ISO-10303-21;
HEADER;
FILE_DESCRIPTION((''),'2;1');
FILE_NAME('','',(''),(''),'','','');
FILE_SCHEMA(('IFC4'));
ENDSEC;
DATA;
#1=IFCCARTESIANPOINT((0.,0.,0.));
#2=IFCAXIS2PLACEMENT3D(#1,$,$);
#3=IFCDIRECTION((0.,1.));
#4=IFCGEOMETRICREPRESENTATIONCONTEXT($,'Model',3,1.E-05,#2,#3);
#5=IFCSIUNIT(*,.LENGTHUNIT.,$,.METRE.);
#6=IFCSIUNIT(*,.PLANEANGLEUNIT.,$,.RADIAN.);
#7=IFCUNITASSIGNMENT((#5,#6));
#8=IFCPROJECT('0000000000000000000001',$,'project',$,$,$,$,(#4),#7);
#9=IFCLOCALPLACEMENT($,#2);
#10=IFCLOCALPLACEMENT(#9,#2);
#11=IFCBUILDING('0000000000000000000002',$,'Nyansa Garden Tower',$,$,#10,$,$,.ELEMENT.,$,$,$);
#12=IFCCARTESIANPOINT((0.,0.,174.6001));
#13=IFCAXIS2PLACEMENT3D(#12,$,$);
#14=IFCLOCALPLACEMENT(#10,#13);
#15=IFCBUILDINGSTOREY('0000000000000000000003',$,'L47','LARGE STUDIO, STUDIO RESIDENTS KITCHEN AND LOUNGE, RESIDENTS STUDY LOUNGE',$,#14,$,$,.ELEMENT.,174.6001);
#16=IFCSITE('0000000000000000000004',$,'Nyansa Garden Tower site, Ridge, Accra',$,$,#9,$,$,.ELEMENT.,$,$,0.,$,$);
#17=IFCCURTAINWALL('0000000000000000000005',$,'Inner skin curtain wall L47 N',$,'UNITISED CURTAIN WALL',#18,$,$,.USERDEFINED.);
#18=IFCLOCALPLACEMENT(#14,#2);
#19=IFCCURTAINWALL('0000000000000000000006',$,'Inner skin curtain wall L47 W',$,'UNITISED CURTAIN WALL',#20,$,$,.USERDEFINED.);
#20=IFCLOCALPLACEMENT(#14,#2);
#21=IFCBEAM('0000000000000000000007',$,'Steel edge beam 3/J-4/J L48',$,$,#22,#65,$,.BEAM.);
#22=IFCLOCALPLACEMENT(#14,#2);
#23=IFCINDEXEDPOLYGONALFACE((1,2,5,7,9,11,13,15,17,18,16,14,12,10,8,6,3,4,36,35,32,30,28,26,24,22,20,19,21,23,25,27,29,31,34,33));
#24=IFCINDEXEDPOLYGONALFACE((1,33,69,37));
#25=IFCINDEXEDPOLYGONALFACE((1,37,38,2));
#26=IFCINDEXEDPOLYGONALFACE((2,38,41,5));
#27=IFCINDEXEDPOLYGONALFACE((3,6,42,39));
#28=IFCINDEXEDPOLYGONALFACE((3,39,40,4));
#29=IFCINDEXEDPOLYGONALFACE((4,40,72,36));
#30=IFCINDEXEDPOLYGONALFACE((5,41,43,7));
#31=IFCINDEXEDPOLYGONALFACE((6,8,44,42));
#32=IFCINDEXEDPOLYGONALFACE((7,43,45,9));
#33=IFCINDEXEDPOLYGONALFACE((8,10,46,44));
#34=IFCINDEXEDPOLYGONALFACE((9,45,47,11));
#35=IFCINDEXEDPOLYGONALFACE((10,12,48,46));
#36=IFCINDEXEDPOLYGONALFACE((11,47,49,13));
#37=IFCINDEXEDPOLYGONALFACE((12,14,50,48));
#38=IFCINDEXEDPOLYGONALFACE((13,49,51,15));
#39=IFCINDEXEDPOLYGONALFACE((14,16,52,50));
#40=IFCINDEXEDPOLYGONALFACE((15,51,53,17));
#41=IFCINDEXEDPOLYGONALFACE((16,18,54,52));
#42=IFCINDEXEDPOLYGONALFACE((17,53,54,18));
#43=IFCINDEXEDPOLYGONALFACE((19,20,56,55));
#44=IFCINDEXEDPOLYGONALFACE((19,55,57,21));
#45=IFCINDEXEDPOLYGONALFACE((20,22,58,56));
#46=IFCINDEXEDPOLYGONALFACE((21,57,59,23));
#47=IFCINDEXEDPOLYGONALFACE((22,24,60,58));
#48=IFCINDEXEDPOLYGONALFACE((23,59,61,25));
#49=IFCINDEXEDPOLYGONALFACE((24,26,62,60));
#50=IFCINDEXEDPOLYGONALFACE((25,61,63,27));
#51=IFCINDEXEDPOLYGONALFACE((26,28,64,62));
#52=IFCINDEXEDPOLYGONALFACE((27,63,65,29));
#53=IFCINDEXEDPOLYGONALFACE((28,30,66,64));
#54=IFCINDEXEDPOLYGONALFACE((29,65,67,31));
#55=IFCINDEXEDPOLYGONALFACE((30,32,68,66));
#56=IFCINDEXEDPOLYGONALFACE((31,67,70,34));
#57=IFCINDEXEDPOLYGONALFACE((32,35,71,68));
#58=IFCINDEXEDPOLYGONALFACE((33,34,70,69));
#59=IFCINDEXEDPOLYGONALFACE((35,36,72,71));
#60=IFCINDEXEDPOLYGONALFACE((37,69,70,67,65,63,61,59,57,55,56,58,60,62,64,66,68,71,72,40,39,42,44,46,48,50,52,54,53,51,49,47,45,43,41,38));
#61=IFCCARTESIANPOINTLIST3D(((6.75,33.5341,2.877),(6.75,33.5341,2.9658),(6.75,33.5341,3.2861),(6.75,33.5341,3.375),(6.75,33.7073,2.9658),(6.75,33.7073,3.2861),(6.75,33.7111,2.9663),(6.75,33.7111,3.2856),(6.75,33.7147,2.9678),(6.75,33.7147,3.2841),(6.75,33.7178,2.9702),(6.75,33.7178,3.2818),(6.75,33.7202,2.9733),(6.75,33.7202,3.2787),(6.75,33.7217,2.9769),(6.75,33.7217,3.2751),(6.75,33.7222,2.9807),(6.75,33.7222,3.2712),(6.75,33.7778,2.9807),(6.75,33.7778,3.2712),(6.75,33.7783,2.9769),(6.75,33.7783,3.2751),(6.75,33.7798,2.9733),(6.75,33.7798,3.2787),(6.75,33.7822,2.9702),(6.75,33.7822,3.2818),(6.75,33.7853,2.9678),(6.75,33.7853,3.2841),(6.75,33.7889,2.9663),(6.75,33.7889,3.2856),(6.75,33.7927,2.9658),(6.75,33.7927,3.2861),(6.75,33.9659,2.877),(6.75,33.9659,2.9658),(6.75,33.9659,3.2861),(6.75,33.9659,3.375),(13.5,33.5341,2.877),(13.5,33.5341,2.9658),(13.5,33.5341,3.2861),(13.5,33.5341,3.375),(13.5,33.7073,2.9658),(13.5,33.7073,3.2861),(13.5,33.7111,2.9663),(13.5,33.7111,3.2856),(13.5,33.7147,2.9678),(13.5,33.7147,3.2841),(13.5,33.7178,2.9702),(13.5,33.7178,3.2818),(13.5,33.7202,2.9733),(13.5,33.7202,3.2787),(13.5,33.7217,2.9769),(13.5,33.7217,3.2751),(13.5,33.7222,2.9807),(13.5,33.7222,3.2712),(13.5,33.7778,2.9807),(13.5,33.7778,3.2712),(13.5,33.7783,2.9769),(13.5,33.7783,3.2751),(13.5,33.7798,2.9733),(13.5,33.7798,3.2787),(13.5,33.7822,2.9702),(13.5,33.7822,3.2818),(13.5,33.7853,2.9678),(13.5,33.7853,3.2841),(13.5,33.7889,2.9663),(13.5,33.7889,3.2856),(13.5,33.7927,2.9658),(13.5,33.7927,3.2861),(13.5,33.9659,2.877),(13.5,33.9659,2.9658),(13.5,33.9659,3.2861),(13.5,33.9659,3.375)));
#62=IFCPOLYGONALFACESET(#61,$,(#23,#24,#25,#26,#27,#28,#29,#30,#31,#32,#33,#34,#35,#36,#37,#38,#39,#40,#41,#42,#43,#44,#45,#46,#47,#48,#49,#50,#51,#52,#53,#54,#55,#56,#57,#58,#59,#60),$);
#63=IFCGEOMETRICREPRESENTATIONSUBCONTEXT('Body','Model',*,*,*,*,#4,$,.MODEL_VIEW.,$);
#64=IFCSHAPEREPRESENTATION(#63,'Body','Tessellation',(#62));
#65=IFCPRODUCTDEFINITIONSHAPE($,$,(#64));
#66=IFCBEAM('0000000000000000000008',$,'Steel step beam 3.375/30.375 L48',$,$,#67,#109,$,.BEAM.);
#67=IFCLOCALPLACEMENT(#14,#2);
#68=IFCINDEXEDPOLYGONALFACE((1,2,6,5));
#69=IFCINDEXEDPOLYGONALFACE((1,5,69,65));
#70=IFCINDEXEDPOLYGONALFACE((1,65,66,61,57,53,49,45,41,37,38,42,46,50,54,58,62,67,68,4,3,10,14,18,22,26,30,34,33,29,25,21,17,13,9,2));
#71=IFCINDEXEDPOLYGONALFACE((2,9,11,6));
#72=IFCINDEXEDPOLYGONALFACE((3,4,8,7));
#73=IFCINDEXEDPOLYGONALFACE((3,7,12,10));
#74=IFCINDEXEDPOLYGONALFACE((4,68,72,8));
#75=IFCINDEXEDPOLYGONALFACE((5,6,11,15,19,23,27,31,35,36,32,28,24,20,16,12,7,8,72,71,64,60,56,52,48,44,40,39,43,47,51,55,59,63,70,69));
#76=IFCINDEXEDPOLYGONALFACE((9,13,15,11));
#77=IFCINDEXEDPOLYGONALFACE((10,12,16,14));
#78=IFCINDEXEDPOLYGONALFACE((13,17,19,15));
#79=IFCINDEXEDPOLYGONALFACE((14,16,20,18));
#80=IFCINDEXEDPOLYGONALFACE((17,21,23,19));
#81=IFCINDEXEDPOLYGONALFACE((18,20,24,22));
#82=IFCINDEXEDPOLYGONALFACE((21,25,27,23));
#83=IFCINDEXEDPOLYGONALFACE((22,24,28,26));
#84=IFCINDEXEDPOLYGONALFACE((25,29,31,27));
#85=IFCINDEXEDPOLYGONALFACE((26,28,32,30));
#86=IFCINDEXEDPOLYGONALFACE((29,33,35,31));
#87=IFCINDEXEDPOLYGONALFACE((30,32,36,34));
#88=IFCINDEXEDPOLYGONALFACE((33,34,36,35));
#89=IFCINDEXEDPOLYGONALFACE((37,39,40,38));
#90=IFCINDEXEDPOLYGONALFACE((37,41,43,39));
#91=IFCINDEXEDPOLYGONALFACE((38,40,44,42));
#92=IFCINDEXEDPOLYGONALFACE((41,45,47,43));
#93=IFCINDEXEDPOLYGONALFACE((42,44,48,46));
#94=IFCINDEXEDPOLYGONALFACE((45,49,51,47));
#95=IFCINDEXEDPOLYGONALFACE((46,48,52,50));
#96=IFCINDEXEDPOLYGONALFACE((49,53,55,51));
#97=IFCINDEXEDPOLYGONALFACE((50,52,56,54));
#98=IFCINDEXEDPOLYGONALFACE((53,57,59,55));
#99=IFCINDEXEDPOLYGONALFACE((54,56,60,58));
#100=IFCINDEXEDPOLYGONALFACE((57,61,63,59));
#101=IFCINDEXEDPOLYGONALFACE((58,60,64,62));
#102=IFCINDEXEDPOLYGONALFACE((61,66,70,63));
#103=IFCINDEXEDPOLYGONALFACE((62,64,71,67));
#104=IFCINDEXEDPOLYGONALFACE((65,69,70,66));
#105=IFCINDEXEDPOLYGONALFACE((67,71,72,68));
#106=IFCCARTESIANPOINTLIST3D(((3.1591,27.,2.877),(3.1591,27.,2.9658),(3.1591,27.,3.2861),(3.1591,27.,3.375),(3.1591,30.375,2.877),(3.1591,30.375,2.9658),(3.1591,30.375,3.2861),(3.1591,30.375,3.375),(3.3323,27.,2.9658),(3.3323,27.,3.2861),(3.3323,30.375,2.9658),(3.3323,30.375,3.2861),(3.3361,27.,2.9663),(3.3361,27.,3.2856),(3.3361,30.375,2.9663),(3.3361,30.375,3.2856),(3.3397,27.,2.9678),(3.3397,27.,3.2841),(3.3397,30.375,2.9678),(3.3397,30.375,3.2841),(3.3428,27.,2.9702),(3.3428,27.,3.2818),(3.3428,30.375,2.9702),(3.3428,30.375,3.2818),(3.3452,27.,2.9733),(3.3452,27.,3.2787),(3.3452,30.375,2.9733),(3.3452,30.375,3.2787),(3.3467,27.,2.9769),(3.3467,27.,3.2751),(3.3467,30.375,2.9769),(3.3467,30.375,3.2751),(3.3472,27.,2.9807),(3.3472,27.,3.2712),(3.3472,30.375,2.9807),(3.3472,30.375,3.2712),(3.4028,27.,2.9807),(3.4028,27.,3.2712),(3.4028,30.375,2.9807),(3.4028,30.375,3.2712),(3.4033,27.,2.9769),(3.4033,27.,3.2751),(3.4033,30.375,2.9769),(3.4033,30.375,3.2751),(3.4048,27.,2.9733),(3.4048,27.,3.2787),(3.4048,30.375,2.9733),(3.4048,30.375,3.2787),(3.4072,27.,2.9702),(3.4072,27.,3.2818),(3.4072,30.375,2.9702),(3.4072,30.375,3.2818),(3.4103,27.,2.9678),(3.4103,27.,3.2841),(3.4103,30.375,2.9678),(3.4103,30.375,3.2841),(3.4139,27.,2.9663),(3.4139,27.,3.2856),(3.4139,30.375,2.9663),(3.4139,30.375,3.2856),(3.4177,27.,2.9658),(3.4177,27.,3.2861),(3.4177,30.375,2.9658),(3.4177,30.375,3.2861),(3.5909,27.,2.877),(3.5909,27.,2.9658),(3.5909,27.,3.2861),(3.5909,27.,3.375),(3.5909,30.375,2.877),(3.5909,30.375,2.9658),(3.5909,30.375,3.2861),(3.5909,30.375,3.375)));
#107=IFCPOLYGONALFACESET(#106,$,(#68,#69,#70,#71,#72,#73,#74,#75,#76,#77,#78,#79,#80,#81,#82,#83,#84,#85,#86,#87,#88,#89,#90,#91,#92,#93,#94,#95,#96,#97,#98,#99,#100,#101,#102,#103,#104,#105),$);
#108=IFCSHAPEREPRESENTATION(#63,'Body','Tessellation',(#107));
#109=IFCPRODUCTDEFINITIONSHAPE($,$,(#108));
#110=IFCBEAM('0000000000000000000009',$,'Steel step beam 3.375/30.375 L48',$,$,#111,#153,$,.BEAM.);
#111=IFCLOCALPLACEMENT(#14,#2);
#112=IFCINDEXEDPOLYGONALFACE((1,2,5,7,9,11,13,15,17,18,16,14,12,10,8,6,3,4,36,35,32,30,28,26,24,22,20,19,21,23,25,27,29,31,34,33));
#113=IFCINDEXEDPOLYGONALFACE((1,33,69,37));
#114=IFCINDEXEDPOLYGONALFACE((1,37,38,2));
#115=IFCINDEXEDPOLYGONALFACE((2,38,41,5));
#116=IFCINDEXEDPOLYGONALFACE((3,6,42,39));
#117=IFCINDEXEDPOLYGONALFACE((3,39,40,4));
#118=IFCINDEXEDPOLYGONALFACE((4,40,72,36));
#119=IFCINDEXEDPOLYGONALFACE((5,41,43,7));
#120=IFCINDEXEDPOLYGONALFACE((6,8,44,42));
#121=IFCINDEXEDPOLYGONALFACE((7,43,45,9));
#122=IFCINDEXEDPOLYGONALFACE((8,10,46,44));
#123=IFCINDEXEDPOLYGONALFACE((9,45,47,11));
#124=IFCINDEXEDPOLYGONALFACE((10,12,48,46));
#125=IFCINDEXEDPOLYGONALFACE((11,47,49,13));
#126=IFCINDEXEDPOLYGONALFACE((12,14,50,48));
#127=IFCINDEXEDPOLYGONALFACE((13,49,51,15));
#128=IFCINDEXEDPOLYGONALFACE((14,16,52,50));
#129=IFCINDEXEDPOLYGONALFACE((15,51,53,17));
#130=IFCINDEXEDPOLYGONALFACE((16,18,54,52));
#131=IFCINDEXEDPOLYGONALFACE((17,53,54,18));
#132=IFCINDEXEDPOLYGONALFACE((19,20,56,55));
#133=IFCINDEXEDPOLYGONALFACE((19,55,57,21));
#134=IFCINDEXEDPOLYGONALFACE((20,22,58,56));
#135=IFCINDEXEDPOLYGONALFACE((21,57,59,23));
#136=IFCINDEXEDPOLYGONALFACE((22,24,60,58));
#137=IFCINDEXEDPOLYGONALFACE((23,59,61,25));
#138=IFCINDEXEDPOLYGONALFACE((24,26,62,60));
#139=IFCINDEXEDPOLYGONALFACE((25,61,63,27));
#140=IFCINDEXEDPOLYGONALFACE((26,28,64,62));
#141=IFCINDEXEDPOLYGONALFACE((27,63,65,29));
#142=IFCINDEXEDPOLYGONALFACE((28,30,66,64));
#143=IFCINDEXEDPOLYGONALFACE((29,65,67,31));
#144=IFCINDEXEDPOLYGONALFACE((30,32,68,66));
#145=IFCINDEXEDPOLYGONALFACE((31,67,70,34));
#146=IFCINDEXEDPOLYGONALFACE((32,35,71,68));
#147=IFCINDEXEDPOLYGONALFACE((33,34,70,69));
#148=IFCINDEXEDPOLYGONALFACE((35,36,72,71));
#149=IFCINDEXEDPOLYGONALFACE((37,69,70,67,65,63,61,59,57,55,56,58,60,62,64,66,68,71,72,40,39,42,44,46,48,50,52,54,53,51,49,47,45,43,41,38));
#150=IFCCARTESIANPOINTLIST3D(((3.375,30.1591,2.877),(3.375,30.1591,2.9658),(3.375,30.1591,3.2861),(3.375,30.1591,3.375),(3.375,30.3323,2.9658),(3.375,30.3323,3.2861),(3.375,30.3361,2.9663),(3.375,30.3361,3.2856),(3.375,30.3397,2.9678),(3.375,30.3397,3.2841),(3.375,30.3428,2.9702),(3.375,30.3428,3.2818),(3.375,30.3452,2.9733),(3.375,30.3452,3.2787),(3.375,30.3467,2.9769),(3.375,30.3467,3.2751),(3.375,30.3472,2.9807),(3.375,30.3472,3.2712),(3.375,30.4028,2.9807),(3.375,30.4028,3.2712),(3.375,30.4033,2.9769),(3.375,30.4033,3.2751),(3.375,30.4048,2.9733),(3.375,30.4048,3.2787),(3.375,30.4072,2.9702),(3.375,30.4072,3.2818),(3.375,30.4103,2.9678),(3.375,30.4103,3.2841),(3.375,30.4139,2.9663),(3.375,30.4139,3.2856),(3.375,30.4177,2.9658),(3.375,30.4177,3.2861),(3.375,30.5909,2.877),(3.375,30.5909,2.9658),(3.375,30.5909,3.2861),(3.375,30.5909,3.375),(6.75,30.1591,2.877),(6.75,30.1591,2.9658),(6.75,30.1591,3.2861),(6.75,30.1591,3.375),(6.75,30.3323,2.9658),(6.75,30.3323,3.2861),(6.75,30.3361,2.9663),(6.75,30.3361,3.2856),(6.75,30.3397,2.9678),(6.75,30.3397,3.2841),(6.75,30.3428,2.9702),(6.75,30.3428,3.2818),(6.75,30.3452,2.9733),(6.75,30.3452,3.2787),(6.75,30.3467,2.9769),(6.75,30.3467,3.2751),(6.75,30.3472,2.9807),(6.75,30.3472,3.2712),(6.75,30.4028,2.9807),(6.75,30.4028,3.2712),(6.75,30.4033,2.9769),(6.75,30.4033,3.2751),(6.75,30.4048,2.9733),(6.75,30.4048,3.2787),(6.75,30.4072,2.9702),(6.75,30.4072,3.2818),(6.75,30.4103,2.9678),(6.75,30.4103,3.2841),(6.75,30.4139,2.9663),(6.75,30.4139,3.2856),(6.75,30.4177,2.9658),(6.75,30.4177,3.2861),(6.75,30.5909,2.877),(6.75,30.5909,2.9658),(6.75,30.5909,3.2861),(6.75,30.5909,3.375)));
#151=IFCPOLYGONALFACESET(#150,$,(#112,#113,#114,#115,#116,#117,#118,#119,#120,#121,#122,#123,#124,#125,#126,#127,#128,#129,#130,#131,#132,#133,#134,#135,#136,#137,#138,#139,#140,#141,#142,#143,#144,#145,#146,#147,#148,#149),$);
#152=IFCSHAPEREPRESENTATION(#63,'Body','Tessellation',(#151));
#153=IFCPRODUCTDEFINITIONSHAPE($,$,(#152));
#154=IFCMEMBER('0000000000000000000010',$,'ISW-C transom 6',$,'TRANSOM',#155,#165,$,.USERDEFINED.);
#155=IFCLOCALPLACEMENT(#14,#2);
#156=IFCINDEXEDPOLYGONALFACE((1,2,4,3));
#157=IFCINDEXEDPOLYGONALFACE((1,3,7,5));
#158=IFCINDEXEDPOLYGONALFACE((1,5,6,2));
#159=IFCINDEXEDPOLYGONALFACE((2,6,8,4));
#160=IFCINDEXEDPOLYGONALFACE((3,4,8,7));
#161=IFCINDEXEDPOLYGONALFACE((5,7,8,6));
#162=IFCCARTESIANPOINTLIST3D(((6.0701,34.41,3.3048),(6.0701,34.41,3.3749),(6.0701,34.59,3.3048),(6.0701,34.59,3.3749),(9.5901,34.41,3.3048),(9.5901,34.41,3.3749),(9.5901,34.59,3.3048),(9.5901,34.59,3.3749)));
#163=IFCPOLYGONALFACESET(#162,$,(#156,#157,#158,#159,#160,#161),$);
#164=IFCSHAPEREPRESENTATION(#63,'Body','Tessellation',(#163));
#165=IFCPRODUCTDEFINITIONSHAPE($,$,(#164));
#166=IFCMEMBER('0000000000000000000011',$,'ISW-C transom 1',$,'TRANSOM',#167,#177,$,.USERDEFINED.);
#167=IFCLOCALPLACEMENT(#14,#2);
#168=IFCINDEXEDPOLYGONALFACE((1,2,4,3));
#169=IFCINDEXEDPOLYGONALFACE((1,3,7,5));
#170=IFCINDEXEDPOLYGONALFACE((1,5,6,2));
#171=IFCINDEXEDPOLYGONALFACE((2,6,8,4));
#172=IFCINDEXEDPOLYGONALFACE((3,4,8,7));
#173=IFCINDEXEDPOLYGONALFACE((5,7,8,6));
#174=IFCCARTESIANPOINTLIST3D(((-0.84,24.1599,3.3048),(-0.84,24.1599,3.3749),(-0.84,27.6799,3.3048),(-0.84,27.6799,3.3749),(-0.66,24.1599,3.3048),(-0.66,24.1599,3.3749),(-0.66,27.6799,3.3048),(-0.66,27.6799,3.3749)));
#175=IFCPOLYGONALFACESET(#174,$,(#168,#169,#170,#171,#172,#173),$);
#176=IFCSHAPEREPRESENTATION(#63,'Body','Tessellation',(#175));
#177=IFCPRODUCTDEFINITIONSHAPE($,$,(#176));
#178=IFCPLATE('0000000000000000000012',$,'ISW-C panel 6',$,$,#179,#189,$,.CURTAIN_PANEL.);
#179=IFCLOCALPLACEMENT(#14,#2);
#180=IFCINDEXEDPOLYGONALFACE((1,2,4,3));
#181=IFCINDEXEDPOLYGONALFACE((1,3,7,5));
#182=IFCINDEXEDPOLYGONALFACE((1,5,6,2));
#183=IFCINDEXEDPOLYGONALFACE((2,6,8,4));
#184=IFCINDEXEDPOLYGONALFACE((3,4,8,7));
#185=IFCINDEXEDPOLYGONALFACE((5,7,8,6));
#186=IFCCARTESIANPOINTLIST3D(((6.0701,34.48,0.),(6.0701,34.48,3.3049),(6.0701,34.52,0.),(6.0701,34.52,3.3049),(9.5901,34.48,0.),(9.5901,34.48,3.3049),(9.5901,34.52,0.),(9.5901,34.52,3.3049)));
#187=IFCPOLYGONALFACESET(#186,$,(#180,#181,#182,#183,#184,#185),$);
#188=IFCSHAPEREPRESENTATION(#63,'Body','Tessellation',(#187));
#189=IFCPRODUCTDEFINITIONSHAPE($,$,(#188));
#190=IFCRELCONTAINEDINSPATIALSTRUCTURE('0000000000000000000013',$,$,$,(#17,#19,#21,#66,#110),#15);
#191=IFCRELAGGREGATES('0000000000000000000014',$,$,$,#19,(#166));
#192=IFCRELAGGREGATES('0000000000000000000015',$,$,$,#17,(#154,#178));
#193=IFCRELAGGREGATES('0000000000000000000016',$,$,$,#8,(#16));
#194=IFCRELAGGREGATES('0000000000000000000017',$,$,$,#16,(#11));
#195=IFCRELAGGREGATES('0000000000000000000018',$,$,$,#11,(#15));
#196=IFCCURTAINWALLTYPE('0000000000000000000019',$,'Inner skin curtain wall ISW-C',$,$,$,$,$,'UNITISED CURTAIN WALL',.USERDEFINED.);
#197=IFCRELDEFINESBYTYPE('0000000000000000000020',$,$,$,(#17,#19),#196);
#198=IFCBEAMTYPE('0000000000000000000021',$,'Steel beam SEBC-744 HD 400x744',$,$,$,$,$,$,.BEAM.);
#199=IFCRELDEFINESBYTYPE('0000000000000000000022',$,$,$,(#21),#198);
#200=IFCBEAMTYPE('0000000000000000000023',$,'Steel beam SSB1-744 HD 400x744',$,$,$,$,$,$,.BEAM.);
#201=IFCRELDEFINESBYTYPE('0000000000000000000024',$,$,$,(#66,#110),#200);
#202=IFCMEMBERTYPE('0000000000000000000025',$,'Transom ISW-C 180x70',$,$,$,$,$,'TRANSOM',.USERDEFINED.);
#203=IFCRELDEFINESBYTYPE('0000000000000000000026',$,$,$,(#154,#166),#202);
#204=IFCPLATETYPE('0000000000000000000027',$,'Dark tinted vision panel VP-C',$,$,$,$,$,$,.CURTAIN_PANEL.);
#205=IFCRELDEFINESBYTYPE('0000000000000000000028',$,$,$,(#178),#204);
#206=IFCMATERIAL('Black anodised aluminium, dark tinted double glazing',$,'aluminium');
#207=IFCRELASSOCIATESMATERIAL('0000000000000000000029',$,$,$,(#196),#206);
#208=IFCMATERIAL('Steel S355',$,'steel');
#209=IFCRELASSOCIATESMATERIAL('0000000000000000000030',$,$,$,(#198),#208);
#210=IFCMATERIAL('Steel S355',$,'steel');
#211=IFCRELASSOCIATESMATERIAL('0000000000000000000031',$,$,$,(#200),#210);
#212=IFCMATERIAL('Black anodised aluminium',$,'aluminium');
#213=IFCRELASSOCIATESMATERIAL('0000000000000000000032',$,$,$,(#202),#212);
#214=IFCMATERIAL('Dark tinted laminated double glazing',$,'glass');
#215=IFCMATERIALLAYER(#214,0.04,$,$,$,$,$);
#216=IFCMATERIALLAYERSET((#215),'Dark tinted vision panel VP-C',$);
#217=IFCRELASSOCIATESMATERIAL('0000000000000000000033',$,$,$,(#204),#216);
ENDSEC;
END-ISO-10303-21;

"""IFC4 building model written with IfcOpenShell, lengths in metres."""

from ifc_helpers import new_model, si_unit, direction, frame, origin, origin_2d, place, context, subcontext, project, spatial, rectangle, i_section, extrude, material, layer, layer_set, material_profile, profile_set, type_object, element, aggregate, save


model = new_model("IFC4")

# Units and contexts
model_context = context("Model", 3, precision=1e-05, world=origin(), true_north=direction((0.0, 1.0)))
body_context = subcontext(model_context, "Body", "Model", "MODEL_VIEW")
ifc_project = project(units=[si_unit("LENGTHUNIT", "METRE"), si_unit("PLANEANGLEUNIT", "RADIAN")], contexts=[model_context])

# Site, building, storey
site_placement = place(None, origin())
site = spatial("IfcSite", under=ifc_project, at=site_placement, Name="Nyansa Garden Tower site, Ridge, Accra", CompositionType="ELEMENT", RefElevation=0.0)
building_placement = place(site_placement, origin())
building = spatial("IfcBuilding", under=site, at=building_placement, Name="Nyansa Garden Tower", CompositionType="ELEMENT")
storey_placement = place(building_placement, frame((0.0, 0.0, 174.6001)))
storey = spatial("IfcBuildingStorey", under=building, at=storey_placement, Name="L47", Description="LARGE STUDIO, STUDIO RESIDENTS KITCHEN AND LOUNGE, RESIDENTS STUDY LOUNGE", CompositionType="ELEMENT", Elevation=174.6001)

# Curtain wall
ifc_material_1 = material(Name="Black anodised aluminium, dark tinted double glazing", Category="aluminium")
curtain_wall_type = type_object("IfcCurtainWallType", Name="Inner skin curtain wall ISW-C", ElementType="UNITISED CURTAIN WALL", PredefinedType="USERDEFINED", material=ifc_material_1)
curtain_wall_1_placement = place(storey_placement, origin())
curtain_wall_1 = element("IfcCurtainWall", 1, at=curtain_wall_1_placement, inside=storey, type_object=curtain_wall_type, Name="Inner skin curtain wall L47 N", ObjectType="UNITISED CURTAIN WALL", PredefinedType="USERDEFINED")

# Curtain wall
curtain_wall_2_placement = place(storey_placement, origin())
curtain_wall_2 = element("IfcCurtainWall", 2, at=curtain_wall_2_placement, inside=storey, type_object=curtain_wall_type, Name="Inner skin curtain wall L47 W", ObjectType="UNITISED CURTAIN WALL", PredefinedType="USERDEFINED")

# Beams
ifc_material_2 = material(Name="Steel S355", Category="steel")
ifc_material_profile_1 = material_profile(ifc_material_2, i_section(OverallWidth=0.4319, OverallDepth=0.498, WebThickness=0.0557, FlangeThickness=0.0889, FilletRadius=0.0149, at=origin_2d()), Name="HD 400x744")
ifc_profile_set_1 = profile_set([ifc_material_profile_1], Name="Steel S355")
beam_type_1 = type_object("IfcBeamType", Name="Steel beam SEBC-744 HD 400x744", PredefinedType="BEAM", material=ifc_profile_set_1)
beam_1_placement = place(storey_placement, frame((6.75, 33.75, 3.126), z_axis=(1.0, 0.0, 0.0), x_axis=(0.0, 1.0, 0.0)))
element("IfcBeam", 3, at=beam_1_placement, inside=storey, type_object=beam_type_1, Name="Steel edge beam 3/J-4/J L48", PredefinedType="BEAM", context=body_context, shape_type="SweptSolid", body=[
    extrude(i_section(OverallWidth=0.4319, OverallDepth=0.498, WebThickness=0.0557, FlangeThickness=0.0889, FilletRadius=0.0149, at=origin_2d()), origin(), (0.0, 0.0, 1.0), 6.75),
])
ifc_material_3 = material(Name="Steel S355", Category="steel")
ifc_material_profile_2 = material_profile(ifc_material_3, i_section(OverallWidth=0.4319, OverallDepth=0.498, WebThickness=0.0557, FlangeThickness=0.0889, FilletRadius=0.0149, at=origin_2d()), Name="HD 400x744")
ifc_profile_set_2 = profile_set([ifc_material_profile_2], Name="Steel S355")
beam_type_2 = type_object("IfcBeamType", Name="Steel beam SSB1-744 HD 400x744", PredefinedType="BEAM", material=ifc_profile_set_2)
for number, where, z_axis, x_axis, name in (
    (4, (3.375, 30.375, 3.126), (0.0, -1.0, 0.0), (1.0, 0.0, 0.0), "Steel step beam 3.375/30.375 L48"),
    (5, (3.375, 30.375, 3.126), (1.0, 0.0, 0.0), (0.0, 1.0, 0.0), "Steel step beam 3.375/30.375 L48"),
):
    element("IfcBeam", number, at=place(storey_placement, frame(where, z_axis=z_axis, x_axis=x_axis)), inside=storey, type_object=beam_type_2, Name=name, PredefinedType="BEAM", context=body_context, shape_type="SweptSolid", body=[
        extrude(i_section(OverallWidth=0.4319, OverallDepth=0.498, WebThickness=0.0557, FlangeThickness=0.0889, FilletRadius=0.0149, at=origin_2d()), origin(), (0.0, 0.0, 1.0), 3.375),
    ])

# Members
ifc_material_4 = material(Name="Black anodised aluminium", Category="aluminium")
ifc_material_profile_3 = material_profile(ifc_material_4, rectangle(XDim=0.1799, YDim=0.0701, at=origin_2d()), Name="Transom 180x70")
ifc_profile_set_3 = profile_set([ifc_material_profile_3], Name="Black anodised aluminium")
member_type_1 = type_object("IfcMemberType", Name="Transom ISW-C 180x70", ElementType="TRANSOM", PredefinedType="USERDEFINED", material=ifc_profile_set_3)
member_1_placement = place(storey_placement, frame((9.5901, 34.5, 3.3398), z_axis=(-1.0, 0.0, 0.0), x_axis=(0.0, -1.0, 0.0)))
member_1 = element("IfcMember", 6, at=member_1_placement, type_object=member_type_1, Name="ISW-C transom 6", ObjectType="TRANSOM", PredefinedType="USERDEFINED", context=body_context, shape_type="SweptSolid", body=[
    extrude(rectangle(XDim=0.1799, YDim=0.0701, at=origin_2d()), origin(), (0.0, 0.0, 1.0), 3.52),
])
member_2_placement = place(storey_placement, frame((-0.75, 27.6799, 3.3398), z_axis=(0.0, -1.0, 0.0), x_axis=(1.0, 0.0, 0.0)))
member_2 = element("IfcMember", 7, at=member_2_placement, type_object=member_type_1, Name="ISW-C transom 1", ObjectType="TRANSOM", PredefinedType="USERDEFINED", context=body_context, shape_type="SweptSolid", body=[
    extrude(rectangle(XDim=0.1799, YDim=0.0701, at=origin_2d()), origin(), (0.0, 0.0, 1.0), 3.52),
])
aggregate(curtain_wall_2, [member_2])

# Plate
ifc_material_5 = material(Name="Dark tinted laminated double glazing", Category="glass")
ifc_layer_1 = layer(ifc_material_5, 0.04)
ifc_layer_set_1 = layer_set([ifc_layer_1], Name="Dark tinted vision panel VP-C")
plate_type = type_object("IfcPlateType", Name="Dark tinted vision panel VP-C", PredefinedType="CURTAIN_PANEL", material=ifc_layer_set_1)
plate_placement = place(storey_placement, frame((7.8301, 34.5, 0.0), z_axis=(0.0, 0.0, 1.0), x_axis=(-1.0, 0.0, 0.0)))
plate = element("IfcPlate", 8, at=plate_placement, type_object=plate_type, Name="ISW-C panel 6", PredefinedType="CURTAIN_PANEL", context=body_context, shape_type="SweptSolid", body=[
    extrude(rectangle(XDim=3.52, YDim=0.04, at=origin_2d()), origin(), (0.0, 0.0, 1.0), 3.3049),
])
aggregate(curtain_wall_1, [member_1, plate])

save(model, "model.ifc")
